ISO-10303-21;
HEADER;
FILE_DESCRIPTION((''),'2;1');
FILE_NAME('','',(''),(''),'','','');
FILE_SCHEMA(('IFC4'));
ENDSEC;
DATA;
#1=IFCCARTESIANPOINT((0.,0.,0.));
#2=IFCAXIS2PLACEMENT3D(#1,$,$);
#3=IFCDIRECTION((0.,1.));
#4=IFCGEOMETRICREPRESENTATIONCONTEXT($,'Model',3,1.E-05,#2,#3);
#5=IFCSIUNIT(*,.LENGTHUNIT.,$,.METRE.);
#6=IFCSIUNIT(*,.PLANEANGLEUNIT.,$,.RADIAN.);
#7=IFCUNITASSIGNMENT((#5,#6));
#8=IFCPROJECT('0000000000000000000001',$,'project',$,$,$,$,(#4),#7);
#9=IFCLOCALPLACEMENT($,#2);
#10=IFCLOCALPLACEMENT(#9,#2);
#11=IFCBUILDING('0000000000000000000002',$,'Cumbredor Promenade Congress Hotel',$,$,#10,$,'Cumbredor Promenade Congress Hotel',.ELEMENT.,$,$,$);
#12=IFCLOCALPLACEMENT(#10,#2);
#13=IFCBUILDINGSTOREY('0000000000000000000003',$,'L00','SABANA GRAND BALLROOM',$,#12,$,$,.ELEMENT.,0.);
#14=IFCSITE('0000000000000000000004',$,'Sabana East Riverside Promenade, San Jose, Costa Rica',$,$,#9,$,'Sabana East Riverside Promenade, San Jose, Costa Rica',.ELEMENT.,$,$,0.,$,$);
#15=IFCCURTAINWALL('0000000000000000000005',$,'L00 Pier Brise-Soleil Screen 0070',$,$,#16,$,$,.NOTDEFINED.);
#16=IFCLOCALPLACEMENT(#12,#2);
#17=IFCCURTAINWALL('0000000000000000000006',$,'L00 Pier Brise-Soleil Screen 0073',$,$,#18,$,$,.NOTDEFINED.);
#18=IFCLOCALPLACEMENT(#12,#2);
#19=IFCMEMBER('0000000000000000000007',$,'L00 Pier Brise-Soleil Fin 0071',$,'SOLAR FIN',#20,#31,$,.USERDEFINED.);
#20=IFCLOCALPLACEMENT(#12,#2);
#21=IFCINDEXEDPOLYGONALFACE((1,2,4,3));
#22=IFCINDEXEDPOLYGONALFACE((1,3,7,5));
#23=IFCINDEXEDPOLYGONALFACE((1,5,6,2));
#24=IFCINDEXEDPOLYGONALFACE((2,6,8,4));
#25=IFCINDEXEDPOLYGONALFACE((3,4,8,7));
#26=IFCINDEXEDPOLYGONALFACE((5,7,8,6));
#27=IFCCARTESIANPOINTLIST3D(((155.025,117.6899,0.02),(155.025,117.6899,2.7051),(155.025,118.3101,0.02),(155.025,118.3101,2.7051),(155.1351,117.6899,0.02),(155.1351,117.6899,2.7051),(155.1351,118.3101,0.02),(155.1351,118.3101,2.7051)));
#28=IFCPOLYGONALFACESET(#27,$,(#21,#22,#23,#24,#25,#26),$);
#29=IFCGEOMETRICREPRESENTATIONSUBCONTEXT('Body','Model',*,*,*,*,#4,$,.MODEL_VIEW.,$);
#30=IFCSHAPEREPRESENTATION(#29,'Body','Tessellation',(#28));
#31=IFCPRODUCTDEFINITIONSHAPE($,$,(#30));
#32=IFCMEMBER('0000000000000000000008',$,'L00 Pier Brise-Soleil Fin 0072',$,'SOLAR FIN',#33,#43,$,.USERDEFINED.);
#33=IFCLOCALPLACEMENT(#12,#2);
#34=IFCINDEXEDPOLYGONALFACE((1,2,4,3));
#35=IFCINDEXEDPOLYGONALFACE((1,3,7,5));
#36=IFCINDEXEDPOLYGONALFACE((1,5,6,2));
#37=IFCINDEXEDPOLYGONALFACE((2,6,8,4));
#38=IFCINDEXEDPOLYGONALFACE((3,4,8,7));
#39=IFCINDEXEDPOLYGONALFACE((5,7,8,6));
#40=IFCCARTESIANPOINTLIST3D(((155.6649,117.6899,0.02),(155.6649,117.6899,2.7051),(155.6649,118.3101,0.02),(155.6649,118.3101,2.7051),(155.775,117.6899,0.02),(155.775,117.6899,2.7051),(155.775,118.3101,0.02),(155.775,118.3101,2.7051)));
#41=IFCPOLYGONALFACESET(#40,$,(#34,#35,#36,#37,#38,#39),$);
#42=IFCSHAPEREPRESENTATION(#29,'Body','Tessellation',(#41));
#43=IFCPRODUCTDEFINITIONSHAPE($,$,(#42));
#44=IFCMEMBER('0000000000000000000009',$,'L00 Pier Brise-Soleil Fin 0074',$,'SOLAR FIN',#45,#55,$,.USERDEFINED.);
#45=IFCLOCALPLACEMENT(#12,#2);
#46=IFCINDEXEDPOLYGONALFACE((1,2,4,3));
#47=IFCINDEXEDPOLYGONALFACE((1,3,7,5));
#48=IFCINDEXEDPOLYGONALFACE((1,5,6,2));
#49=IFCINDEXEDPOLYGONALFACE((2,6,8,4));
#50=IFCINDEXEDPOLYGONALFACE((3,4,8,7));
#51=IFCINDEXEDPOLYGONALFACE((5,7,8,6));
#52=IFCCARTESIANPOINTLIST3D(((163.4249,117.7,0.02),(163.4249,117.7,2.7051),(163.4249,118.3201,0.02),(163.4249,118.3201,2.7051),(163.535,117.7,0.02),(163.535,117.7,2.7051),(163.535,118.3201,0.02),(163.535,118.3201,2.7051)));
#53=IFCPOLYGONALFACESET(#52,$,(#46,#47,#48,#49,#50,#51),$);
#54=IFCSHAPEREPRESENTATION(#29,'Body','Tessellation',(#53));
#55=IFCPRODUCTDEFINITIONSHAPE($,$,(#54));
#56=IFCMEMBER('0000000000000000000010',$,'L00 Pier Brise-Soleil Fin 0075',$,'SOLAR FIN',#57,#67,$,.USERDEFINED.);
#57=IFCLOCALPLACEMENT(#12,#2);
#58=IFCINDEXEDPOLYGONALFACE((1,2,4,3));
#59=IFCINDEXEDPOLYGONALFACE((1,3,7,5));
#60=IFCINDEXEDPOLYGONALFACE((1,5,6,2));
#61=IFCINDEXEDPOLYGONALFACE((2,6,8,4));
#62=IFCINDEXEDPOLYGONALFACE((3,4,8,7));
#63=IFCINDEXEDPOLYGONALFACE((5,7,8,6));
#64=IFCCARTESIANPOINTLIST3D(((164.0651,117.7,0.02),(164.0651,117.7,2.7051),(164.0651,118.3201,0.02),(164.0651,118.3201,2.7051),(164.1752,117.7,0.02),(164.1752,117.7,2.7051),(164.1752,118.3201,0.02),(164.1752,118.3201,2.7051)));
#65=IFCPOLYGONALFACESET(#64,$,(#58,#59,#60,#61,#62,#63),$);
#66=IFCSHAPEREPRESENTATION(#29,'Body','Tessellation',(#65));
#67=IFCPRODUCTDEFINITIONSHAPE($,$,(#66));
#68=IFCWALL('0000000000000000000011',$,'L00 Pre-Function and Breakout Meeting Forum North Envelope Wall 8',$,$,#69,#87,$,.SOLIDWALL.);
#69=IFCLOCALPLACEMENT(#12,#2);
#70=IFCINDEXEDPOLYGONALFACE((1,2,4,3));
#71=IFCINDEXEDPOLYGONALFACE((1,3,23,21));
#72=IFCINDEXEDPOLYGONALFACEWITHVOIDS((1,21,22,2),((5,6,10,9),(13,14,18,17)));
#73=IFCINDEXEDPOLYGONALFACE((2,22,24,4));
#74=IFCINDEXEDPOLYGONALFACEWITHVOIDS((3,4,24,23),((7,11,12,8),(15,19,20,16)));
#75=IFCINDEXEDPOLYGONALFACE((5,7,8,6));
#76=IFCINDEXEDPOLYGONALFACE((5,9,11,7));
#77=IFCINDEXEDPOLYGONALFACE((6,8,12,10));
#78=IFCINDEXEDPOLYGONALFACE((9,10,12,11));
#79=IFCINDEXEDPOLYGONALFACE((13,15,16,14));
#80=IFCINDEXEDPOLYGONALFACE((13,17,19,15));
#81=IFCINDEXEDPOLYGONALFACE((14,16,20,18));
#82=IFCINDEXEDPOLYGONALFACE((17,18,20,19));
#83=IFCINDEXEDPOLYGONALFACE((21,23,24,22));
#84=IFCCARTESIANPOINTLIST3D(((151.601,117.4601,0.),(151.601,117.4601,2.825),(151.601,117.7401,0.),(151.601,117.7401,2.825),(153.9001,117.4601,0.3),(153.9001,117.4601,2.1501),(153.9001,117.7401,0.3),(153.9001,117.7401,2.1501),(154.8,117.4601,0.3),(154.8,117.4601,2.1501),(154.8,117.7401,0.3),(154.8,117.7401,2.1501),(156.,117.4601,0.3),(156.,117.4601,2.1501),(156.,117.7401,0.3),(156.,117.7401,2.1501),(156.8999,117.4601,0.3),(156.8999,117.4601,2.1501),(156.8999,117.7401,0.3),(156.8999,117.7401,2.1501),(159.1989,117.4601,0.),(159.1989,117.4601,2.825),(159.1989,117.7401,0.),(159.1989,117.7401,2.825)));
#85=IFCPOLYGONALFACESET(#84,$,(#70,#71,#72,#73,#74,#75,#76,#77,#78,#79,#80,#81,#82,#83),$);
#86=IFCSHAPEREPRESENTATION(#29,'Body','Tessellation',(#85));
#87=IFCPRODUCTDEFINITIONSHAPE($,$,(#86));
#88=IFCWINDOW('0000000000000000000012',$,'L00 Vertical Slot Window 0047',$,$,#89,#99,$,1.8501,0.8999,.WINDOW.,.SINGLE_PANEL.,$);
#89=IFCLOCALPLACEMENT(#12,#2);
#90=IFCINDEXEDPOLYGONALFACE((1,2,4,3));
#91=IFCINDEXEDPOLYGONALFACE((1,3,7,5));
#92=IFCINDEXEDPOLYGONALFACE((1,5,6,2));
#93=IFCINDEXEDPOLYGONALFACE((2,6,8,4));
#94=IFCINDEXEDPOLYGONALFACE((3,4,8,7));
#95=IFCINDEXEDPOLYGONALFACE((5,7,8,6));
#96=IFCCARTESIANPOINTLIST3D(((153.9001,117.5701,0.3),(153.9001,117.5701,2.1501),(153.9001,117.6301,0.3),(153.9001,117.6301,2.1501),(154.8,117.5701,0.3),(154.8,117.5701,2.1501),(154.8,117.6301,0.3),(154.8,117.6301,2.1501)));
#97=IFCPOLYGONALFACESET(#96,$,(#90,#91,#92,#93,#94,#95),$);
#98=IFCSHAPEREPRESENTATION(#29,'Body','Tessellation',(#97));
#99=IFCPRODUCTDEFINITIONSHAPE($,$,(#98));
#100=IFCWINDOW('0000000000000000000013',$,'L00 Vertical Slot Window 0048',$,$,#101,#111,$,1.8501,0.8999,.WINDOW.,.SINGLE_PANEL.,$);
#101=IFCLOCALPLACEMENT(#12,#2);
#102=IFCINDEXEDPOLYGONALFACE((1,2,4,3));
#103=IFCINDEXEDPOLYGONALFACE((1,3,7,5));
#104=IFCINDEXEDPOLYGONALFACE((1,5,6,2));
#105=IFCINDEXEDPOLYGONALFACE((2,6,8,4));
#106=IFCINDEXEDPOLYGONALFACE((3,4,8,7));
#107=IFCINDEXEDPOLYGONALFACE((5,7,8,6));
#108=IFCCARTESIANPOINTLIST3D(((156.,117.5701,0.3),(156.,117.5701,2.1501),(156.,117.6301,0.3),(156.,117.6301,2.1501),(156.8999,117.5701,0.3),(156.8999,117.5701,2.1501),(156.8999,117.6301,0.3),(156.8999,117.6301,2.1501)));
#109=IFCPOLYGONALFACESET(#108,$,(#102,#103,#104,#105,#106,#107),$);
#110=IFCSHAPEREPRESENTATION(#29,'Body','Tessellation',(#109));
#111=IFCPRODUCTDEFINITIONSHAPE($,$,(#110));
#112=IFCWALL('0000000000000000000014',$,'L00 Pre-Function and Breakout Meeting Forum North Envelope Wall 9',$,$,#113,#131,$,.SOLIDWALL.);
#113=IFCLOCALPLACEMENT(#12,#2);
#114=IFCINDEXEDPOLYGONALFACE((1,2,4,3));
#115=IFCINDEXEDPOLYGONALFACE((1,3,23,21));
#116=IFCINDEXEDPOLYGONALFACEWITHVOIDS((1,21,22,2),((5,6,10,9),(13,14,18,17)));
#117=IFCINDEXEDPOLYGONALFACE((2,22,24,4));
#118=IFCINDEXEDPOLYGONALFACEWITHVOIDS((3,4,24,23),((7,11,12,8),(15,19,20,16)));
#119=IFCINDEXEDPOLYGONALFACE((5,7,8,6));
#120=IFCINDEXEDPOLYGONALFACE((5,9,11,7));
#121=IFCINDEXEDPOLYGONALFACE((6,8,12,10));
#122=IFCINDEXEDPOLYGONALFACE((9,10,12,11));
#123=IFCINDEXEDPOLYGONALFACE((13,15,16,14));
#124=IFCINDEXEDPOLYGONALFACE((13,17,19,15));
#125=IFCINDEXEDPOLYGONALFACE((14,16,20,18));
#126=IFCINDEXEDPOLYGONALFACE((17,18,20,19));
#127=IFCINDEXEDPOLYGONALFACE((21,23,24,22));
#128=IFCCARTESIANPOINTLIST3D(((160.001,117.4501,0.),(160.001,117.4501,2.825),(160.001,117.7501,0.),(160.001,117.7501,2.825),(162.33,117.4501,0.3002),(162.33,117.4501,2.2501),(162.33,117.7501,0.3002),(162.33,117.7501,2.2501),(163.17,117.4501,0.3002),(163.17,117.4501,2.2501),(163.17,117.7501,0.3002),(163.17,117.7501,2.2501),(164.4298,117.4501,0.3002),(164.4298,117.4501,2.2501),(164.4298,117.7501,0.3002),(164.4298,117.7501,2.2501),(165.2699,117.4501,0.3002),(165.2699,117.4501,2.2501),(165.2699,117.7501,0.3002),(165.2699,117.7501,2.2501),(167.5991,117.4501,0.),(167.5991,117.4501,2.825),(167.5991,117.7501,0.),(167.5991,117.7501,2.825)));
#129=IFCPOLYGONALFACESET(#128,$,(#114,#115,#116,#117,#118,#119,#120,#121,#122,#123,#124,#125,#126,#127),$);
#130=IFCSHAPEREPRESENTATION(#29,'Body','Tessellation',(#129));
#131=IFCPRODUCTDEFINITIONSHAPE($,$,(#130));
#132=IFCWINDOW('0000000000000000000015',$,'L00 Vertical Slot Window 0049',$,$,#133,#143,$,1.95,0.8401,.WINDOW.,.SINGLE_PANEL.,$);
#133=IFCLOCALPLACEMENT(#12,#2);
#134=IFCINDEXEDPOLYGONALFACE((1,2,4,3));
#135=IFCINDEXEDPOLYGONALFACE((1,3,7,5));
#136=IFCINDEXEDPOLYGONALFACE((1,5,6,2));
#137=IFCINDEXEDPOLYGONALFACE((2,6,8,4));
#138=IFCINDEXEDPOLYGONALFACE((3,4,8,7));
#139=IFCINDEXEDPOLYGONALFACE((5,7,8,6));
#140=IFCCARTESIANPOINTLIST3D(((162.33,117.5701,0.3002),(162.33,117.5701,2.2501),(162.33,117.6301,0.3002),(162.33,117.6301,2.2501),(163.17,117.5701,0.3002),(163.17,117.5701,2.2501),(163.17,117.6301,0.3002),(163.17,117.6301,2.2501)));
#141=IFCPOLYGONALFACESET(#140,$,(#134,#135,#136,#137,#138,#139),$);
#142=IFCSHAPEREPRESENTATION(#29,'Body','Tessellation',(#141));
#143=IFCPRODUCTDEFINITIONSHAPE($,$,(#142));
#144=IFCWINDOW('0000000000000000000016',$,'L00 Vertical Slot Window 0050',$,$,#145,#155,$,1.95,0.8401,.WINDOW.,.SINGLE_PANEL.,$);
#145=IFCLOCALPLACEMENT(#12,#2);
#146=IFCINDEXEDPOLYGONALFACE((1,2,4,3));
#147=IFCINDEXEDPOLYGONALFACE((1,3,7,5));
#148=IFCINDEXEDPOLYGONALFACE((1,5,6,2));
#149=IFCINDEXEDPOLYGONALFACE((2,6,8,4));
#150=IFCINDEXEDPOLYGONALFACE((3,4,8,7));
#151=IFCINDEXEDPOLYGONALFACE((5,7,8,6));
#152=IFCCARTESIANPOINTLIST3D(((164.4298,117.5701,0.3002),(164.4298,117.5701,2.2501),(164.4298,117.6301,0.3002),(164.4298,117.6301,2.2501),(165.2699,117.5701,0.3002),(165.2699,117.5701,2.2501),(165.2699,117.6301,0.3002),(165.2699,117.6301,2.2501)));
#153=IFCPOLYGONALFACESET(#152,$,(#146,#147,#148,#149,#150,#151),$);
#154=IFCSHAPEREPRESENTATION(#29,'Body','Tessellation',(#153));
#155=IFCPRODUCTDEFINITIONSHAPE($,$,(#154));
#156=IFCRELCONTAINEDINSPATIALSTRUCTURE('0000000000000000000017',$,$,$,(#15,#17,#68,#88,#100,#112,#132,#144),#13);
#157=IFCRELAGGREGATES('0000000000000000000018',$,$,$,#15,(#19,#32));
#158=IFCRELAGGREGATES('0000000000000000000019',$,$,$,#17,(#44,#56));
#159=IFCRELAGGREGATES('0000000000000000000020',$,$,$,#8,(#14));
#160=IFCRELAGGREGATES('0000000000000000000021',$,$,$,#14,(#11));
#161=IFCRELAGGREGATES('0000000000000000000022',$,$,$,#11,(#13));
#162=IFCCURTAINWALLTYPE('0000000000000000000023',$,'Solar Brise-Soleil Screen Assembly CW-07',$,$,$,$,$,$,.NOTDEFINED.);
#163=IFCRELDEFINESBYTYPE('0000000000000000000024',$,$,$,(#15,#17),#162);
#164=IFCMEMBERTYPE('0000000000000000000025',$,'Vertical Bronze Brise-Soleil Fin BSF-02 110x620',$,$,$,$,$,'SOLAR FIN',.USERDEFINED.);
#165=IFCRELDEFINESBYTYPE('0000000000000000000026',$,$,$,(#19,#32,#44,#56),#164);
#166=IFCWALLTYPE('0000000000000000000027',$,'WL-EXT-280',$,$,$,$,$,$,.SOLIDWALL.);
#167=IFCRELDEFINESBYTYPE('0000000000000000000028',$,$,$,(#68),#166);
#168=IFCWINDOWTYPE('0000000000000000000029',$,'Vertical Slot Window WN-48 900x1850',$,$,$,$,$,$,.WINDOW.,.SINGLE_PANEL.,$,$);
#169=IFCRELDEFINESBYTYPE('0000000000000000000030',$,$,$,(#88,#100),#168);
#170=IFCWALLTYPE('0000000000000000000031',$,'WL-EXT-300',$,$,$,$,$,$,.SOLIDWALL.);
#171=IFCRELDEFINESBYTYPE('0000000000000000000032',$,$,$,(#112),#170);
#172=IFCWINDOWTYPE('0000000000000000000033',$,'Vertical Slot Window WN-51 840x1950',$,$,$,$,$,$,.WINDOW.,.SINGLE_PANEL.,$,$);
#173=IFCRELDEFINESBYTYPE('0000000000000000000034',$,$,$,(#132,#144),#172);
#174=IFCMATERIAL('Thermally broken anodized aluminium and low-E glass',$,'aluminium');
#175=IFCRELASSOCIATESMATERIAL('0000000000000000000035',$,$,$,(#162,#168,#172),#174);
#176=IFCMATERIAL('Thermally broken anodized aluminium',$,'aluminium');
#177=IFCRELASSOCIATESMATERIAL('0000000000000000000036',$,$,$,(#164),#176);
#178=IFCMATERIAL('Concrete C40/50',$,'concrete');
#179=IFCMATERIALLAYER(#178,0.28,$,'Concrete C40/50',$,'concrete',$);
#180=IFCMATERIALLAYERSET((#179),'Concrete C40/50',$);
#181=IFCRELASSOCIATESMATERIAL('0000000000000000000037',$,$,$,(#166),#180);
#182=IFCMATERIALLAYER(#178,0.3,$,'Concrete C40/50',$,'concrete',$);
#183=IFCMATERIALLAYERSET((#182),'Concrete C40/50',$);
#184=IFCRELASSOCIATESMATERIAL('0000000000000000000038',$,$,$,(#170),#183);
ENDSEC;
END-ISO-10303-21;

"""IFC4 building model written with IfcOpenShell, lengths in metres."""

from ifc_helpers import new_model, si_unit, direction, frame, frame_2d, origin, origin_2d, place, context, subcontext, project, spatial, rectangle, extrude, material, layer, layer_set, material_profile, profile_set, type_object, element, fill, aggregate, save


model = new_model("IFC4")

# Units and contexts
model_context = context("Model", 3, precision=1e-05, world=origin(), true_north=direction((0.0, 1.0)))
body_context = subcontext(model_context, "Body", "Model", "MODEL_VIEW")
ifc_project = project(units=[si_unit("LENGTHUNIT", "METRE"), si_unit("PLANEANGLEUNIT", "RADIAN")], contexts=[model_context])

# Site, building, storey
site_placement = place(None, origin())
site = spatial("IfcSite", under=ifc_project, at=site_placement, Name="Sabana East Riverside Promenade, San Jose, Costa Rica", LongName="Sabana East Riverside Promenade, San Jose, Costa Rica", CompositionType="ELEMENT", RefElevation=0.0)
building_placement = place(site_placement, origin())
building = spatial("IfcBuilding", under=site, at=building_placement, Name="Cumbredor Promenade Congress Hotel", LongName="Cumbredor Promenade Congress Hotel", CompositionType="ELEMENT")
storey_placement = place(building_placement, origin())
storey = spatial("IfcBuildingStorey", under=building, at=storey_placement, Name="L00", Description="SABANA GRAND BALLROOM", CompositionType="ELEMENT", Elevation=0.0)

# Shared definitions
ifc_material_1 = material(Name="Concrete C40/50", Category="concrete")

# Curtain walls
ifc_material_2 = material(Name="Thermally broken anodized aluminium and low-E glass", Category="aluminium")
curtain_wall_type = type_object("IfcCurtainWallType", Name="Solar Brise-Soleil Screen Assembly CW-07", PredefinedType="NOTDEFINED", material=ifc_material_2)
curtain_wall_1_placement = place(storey_placement, origin())
curtain_wall_1 = element("IfcCurtainWall", 1, at=curtain_wall_1_placement, inside=storey, type_object=curtain_wall_type, Name="L00 Pier Brise-Soleil Screen 0070", PredefinedType="NOTDEFINED")
ifc_material_3 = material(Name="Thermally broken anodized aluminium", Category="aluminium")
curtain_wall_2_placement = place(storey_placement, origin())
curtain_wall_2 = element("IfcCurtainWall", 2, at=curtain_wall_2_placement, inside=storey, type_object=curtain_wall_type, Name="L00 Pier Brise-Soleil Screen 0073", PredefinedType="NOTDEFINED")

# Members
ifc_material_profile_1 = material_profile(ifc_material_3, rectangle(XDim=0.1101, YDim=0.6201, at=origin_2d()), Name="ARCH FIN 110x620")
ifc_profile_set_1 = profile_set([ifc_material_profile_1], Name="Thermally broken anodized aluminium")
member_type_1 = type_object("IfcMemberType", Name="Vertical Bronze Brise-Soleil Fin BSF-02 110x620", ElementType="SOLAR FIN", PredefinedType="USERDEFINED", material=ifc_profile_set_1)
member_1_placement = place(storey_placement, frame((155.0801, 118.0, 0.02), z_axis=(0.0, 0.0, 1.0), x_axis=(1.0, 0.0, 0.0)))
member_1 = element("IfcMember", 3, at=member_1_placement, type_object=member_type_1, Name="L00 Pier Brise-Soleil Fin 0071", ObjectType="SOLAR FIN", PredefinedType="USERDEFINED", context=body_context, shape_type="SweptSolid", body=[
    extrude(rectangle(XDim=0.1101, YDim=0.6201, at=origin_2d()), origin(), (0.0, 0.0, 1.0), 2.6851),
])
member_2_placement = place(storey_placement, frame((155.72, 118.0, 0.02), z_axis=(0.0, 0.0, 1.0), x_axis=(1.0, 0.0, 0.0)))
member_2 = element("IfcMember", 4, at=member_2_placement, type_object=member_type_1, Name="L00 Pier Brise-Soleil Fin 0072", ObjectType="SOLAR FIN", PredefinedType="USERDEFINED", context=body_context, shape_type="SweptSolid", body=[
    extrude(rectangle(XDim=0.1101, YDim=0.6201, at=origin_2d()), origin(), (0.0, 0.0, 1.0), 2.6851),
])
aggregate(curtain_wall_1, [member_1, member_2])
member_3_placement = place(storey_placement, frame((163.48, 118.01, 0.02), z_axis=(0.0, 0.0, 1.0), x_axis=(1.0, 0.0, 0.0)))
member_3 = element("IfcMember", 5, at=member_3_placement, type_object=member_type_1, Name="L00 Pier Brise-Soleil Fin 0074", ObjectType="SOLAR FIN", PredefinedType="USERDEFINED", context=body_context, shape_type="SweptSolid", body=[
    extrude(rectangle(XDim=0.1101, YDim=0.6201, at=origin_2d()), origin(), (0.0, 0.0, 1.0), 2.6851),
])
member_4_placement = place(storey_placement, frame((164.1201, 118.01, 0.02), z_axis=(0.0, 0.0, 1.0), x_axis=(1.0, 0.0, 0.0)))
member_4 = element("IfcMember", 6, at=member_4_placement, type_object=member_type_1, Name="L00 Pier Brise-Soleil Fin 0075", ObjectType="SOLAR FIN", PredefinedType="USERDEFINED", context=body_context, shape_type="SweptSolid", body=[
    extrude(rectangle(XDim=0.1101, YDim=0.6201, at=origin_2d()), origin(), (0.0, 0.0, 1.0), 2.6851),
])
aggregate(curtain_wall_2, [member_3, member_4])

# Walls, openings, windows
ifc_layer_1 = layer(ifc_material_1, 0.28, Name="Concrete C40/50", Category="concrete")
ifc_layer_set_1 = layer_set([ifc_layer_1], Name="Concrete C40/50")
wall_type_1 = type_object("IfcWallType", Name="WL-EXT-280", PredefinedType="SOLIDWALL", material=ifc_layer_set_1)
wall_1_placement = place(storey_placement, frame((151.6011, 117.6001, 0.0), z_axis=(0.0, 0.0, 1.0), x_axis=(1.0, 0.0, 0.0)))
wall_1 = element("IfcWall", 7, at=wall_1_placement, inside=storey, type_object=wall_type_1, Name="L00 Pre-Function and Breakout Meeting Forum North Envelope Wall 8", PredefinedType="SOLIDWALL", context=body_context, shape_type="SweptSolid", body=[
    extrude(rectangle(XDim=7.5979, YDim=0.28, at=frame_2d((3.7988, 0.0))), origin(), (0.0, 0.0, 1.0), 2.825),
])
opening_1_placement = place(wall_1_placement, frame((2.2991, 0.0, 0.3)))
opening_1 = element("IfcOpeningElement", 8, at=opening_1_placement, cuts=wall_1, PredefinedType="OPENING", context=body_context, shape_type="SweptSolid", body=[
    extrude(rectangle(XDim=0.8999, YDim=1.8501, at=frame_2d((0.45, 0.925))), frame((0.0, 0.1499, 0.0), z_axis=(0.0, -1.0, 0.0), x_axis=(1.0, 0.0, 0.0)), (0.0, 0.0, 1.0), 0.3),
])
opening_2_placement = place(wall_1_placement, frame((4.3989, 0.0, 0.3)))
opening_2 = element("IfcOpeningElement", 9, at=opening_2_placement, cuts=wall_1, PredefinedType="OPENING", context=body_context, shape_type="SweptSolid", body=[
    extrude(rectangle(XDim=0.8999, YDim=1.8501, at=frame_2d((0.45, 0.925))), frame((0.0, 0.1499, 0.0), z_axis=(0.0, -1.0, 0.0), x_axis=(1.0, 0.0, 0.0)), (0.0, 0.0, 1.0), 0.3),
])
window_type_1 = type_object("IfcWindowType", Name="Vertical Slot Window WN-48 900x1850", PartitioningType="SINGLE_PANEL", PredefinedType="WINDOW", material=ifc_material_2)
window_1_placement = place(opening_1_placement, origin())
window_1 = element("IfcWindow", 10, at=window_1_placement, inside=storey, type_object=window_type_1, Name="L00 Vertical Slot Window 0047", OverallHeight=1.8501, OverallWidth=0.8999, PartitioningType="SINGLE_PANEL", PredefinedType="WINDOW", context=body_context, shape_type="SweptSolid", body=[
    extrude(rectangle(XDim=0.8999, YDim=1.8501, at=frame_2d((0.45, 0.925))), frame((0.0, 0.03, 0.0), z_axis=(0.0, -1.0, 0.0), x_axis=(1.0, 0.0, 0.0)), (0.0, 0.0, 1.0), 0.0601),
])
fill(opening_1, window_1)
window_2_placement = place(opening_2_placement, origin())
window_2 = element("IfcWindow", 11, at=window_2_placement, inside=storey, type_object=window_type_1, Name="L00 Vertical Slot Window 0048", OverallHeight=1.8501, OverallWidth=0.8999, PartitioningType="SINGLE_PANEL", PredefinedType="WINDOW", context=body_context, shape_type="SweptSolid", body=[
    extrude(rectangle(XDim=0.8999, YDim=1.8501, at=frame_2d((0.45, 0.925))), frame((0.0, 0.03, 0.0), z_axis=(0.0, -1.0, 0.0), x_axis=(1.0, 0.0, 0.0)), (0.0, 0.0, 1.0), 0.0601),
])
fill(opening_2, window_2)
ifc_layer_2 = layer(ifc_material_1, 0.3, Name="Concrete C40/50", Category="concrete")
ifc_layer_set_2 = layer_set([ifc_layer_2], Name="Concrete C40/50")
wall_type_2 = type_object("IfcWallType", Name="WL-EXT-300", PredefinedType="SOLIDWALL", material=ifc_layer_set_2)
wall_2_placement = place(storey_placement, frame((160.001, 117.6001, 0.0), z_axis=(0.0, 0.0, 1.0), x_axis=(1.0, 0.0, 0.0)))
wall_2 = element("IfcWall", 12, at=wall_2_placement, inside=storey, type_object=wall_type_2, Name="L00 Pre-Function and Breakout Meeting Forum North Envelope Wall 9", PredefinedType="SOLIDWALL", context=body_context, shape_type="SweptSolid", body=[
    extrude(rectangle(XDim=7.5981, YDim=0.3, at=frame_2d((3.7991, 0.0))), origin(), (0.0, 0.0, 1.0), 2.825),
])
opening_3_placement = place(wall_2_placement, frame((2.3291, 0.0, 0.3)))
opening_3 = element("IfcOpeningElement", 13, at=opening_3_placement, cuts=wall_2, PredefinedType="OPENING", context=body_context, shape_type="SweptSolid", body=[
    extrude(rectangle(XDim=0.8401, YDim=1.95, at=frame_2d((0.4199, 0.9751))), frame((0.0, 0.1602, 0.0), z_axis=(0.0, -1.0, 0.0), x_axis=(1.0, 0.0, 0.0)), (0.0, 0.0, 1.0), 0.3201),
])
opening_4_placement = place(wall_2_placement, frame((4.429, 0.0, 0.3)))
opening_4 = element("IfcOpeningElement", 14, at=opening_4_placement, cuts=wall_2, PredefinedType="OPENING", context=body_context, shape_type="SweptSolid", body=[
    extrude(rectangle(XDim=0.8401, YDim=1.95, at=frame_2d((0.4199, 0.9751))), frame((0.0, 0.1602, 0.0), z_axis=(0.0, -1.0, 0.0), x_axis=(1.0, 0.0, 0.0)), (0.0, 0.0, 1.0), 0.3201),
])
window_type_2 = type_object("IfcWindowType", Name="Vertical Slot Window WN-51 840x1950", PartitioningType="SINGLE_PANEL", PredefinedType="WINDOW", material=ifc_material_2)
window_3_placement = place(opening_3_placement, origin())
window_3 = element("IfcWindow", 15, at=window_3_placement, inside=storey, type_object=window_type_2, Name="L00 Vertical Slot Window 0049", OverallHeight=1.95, OverallWidth=0.8401, PartitioningType="SINGLE_PANEL", PredefinedType="WINDOW", context=body_context, shape_type="SweptSolid", body=[
    extrude(rectangle(XDim=0.8401, YDim=1.95, at=frame_2d((0.4199, 0.9751))), frame((0.0, 0.03, 0.0), z_axis=(0.0, -1.0, 0.0), x_axis=(1.0, 0.0, 0.0)), (0.0, 0.0, 1.0), 0.0601),
])
fill(opening_3, window_3)
window_4_placement = place(opening_4_placement, origin())
window_4 = element("IfcWindow", 16, at=window_4_placement, inside=storey, type_object=window_type_2, Name="L00 Vertical Slot Window 0050", OverallHeight=1.95, OverallWidth=0.8401, PartitioningType="SINGLE_PANEL", PredefinedType="WINDOW", context=body_context, shape_type="SweptSolid", body=[
    extrude(rectangle(XDim=0.8401, YDim=1.95, at=frame_2d((0.4199, 0.9751))), frame((0.0, 0.03, 0.0), z_axis=(0.0, -1.0, 0.0), x_axis=(1.0, 0.0, 0.0)), (0.0, 0.0, 1.0), 0.0601),
])
fill(opening_4, window_4)

save(model, "model.ifc")
